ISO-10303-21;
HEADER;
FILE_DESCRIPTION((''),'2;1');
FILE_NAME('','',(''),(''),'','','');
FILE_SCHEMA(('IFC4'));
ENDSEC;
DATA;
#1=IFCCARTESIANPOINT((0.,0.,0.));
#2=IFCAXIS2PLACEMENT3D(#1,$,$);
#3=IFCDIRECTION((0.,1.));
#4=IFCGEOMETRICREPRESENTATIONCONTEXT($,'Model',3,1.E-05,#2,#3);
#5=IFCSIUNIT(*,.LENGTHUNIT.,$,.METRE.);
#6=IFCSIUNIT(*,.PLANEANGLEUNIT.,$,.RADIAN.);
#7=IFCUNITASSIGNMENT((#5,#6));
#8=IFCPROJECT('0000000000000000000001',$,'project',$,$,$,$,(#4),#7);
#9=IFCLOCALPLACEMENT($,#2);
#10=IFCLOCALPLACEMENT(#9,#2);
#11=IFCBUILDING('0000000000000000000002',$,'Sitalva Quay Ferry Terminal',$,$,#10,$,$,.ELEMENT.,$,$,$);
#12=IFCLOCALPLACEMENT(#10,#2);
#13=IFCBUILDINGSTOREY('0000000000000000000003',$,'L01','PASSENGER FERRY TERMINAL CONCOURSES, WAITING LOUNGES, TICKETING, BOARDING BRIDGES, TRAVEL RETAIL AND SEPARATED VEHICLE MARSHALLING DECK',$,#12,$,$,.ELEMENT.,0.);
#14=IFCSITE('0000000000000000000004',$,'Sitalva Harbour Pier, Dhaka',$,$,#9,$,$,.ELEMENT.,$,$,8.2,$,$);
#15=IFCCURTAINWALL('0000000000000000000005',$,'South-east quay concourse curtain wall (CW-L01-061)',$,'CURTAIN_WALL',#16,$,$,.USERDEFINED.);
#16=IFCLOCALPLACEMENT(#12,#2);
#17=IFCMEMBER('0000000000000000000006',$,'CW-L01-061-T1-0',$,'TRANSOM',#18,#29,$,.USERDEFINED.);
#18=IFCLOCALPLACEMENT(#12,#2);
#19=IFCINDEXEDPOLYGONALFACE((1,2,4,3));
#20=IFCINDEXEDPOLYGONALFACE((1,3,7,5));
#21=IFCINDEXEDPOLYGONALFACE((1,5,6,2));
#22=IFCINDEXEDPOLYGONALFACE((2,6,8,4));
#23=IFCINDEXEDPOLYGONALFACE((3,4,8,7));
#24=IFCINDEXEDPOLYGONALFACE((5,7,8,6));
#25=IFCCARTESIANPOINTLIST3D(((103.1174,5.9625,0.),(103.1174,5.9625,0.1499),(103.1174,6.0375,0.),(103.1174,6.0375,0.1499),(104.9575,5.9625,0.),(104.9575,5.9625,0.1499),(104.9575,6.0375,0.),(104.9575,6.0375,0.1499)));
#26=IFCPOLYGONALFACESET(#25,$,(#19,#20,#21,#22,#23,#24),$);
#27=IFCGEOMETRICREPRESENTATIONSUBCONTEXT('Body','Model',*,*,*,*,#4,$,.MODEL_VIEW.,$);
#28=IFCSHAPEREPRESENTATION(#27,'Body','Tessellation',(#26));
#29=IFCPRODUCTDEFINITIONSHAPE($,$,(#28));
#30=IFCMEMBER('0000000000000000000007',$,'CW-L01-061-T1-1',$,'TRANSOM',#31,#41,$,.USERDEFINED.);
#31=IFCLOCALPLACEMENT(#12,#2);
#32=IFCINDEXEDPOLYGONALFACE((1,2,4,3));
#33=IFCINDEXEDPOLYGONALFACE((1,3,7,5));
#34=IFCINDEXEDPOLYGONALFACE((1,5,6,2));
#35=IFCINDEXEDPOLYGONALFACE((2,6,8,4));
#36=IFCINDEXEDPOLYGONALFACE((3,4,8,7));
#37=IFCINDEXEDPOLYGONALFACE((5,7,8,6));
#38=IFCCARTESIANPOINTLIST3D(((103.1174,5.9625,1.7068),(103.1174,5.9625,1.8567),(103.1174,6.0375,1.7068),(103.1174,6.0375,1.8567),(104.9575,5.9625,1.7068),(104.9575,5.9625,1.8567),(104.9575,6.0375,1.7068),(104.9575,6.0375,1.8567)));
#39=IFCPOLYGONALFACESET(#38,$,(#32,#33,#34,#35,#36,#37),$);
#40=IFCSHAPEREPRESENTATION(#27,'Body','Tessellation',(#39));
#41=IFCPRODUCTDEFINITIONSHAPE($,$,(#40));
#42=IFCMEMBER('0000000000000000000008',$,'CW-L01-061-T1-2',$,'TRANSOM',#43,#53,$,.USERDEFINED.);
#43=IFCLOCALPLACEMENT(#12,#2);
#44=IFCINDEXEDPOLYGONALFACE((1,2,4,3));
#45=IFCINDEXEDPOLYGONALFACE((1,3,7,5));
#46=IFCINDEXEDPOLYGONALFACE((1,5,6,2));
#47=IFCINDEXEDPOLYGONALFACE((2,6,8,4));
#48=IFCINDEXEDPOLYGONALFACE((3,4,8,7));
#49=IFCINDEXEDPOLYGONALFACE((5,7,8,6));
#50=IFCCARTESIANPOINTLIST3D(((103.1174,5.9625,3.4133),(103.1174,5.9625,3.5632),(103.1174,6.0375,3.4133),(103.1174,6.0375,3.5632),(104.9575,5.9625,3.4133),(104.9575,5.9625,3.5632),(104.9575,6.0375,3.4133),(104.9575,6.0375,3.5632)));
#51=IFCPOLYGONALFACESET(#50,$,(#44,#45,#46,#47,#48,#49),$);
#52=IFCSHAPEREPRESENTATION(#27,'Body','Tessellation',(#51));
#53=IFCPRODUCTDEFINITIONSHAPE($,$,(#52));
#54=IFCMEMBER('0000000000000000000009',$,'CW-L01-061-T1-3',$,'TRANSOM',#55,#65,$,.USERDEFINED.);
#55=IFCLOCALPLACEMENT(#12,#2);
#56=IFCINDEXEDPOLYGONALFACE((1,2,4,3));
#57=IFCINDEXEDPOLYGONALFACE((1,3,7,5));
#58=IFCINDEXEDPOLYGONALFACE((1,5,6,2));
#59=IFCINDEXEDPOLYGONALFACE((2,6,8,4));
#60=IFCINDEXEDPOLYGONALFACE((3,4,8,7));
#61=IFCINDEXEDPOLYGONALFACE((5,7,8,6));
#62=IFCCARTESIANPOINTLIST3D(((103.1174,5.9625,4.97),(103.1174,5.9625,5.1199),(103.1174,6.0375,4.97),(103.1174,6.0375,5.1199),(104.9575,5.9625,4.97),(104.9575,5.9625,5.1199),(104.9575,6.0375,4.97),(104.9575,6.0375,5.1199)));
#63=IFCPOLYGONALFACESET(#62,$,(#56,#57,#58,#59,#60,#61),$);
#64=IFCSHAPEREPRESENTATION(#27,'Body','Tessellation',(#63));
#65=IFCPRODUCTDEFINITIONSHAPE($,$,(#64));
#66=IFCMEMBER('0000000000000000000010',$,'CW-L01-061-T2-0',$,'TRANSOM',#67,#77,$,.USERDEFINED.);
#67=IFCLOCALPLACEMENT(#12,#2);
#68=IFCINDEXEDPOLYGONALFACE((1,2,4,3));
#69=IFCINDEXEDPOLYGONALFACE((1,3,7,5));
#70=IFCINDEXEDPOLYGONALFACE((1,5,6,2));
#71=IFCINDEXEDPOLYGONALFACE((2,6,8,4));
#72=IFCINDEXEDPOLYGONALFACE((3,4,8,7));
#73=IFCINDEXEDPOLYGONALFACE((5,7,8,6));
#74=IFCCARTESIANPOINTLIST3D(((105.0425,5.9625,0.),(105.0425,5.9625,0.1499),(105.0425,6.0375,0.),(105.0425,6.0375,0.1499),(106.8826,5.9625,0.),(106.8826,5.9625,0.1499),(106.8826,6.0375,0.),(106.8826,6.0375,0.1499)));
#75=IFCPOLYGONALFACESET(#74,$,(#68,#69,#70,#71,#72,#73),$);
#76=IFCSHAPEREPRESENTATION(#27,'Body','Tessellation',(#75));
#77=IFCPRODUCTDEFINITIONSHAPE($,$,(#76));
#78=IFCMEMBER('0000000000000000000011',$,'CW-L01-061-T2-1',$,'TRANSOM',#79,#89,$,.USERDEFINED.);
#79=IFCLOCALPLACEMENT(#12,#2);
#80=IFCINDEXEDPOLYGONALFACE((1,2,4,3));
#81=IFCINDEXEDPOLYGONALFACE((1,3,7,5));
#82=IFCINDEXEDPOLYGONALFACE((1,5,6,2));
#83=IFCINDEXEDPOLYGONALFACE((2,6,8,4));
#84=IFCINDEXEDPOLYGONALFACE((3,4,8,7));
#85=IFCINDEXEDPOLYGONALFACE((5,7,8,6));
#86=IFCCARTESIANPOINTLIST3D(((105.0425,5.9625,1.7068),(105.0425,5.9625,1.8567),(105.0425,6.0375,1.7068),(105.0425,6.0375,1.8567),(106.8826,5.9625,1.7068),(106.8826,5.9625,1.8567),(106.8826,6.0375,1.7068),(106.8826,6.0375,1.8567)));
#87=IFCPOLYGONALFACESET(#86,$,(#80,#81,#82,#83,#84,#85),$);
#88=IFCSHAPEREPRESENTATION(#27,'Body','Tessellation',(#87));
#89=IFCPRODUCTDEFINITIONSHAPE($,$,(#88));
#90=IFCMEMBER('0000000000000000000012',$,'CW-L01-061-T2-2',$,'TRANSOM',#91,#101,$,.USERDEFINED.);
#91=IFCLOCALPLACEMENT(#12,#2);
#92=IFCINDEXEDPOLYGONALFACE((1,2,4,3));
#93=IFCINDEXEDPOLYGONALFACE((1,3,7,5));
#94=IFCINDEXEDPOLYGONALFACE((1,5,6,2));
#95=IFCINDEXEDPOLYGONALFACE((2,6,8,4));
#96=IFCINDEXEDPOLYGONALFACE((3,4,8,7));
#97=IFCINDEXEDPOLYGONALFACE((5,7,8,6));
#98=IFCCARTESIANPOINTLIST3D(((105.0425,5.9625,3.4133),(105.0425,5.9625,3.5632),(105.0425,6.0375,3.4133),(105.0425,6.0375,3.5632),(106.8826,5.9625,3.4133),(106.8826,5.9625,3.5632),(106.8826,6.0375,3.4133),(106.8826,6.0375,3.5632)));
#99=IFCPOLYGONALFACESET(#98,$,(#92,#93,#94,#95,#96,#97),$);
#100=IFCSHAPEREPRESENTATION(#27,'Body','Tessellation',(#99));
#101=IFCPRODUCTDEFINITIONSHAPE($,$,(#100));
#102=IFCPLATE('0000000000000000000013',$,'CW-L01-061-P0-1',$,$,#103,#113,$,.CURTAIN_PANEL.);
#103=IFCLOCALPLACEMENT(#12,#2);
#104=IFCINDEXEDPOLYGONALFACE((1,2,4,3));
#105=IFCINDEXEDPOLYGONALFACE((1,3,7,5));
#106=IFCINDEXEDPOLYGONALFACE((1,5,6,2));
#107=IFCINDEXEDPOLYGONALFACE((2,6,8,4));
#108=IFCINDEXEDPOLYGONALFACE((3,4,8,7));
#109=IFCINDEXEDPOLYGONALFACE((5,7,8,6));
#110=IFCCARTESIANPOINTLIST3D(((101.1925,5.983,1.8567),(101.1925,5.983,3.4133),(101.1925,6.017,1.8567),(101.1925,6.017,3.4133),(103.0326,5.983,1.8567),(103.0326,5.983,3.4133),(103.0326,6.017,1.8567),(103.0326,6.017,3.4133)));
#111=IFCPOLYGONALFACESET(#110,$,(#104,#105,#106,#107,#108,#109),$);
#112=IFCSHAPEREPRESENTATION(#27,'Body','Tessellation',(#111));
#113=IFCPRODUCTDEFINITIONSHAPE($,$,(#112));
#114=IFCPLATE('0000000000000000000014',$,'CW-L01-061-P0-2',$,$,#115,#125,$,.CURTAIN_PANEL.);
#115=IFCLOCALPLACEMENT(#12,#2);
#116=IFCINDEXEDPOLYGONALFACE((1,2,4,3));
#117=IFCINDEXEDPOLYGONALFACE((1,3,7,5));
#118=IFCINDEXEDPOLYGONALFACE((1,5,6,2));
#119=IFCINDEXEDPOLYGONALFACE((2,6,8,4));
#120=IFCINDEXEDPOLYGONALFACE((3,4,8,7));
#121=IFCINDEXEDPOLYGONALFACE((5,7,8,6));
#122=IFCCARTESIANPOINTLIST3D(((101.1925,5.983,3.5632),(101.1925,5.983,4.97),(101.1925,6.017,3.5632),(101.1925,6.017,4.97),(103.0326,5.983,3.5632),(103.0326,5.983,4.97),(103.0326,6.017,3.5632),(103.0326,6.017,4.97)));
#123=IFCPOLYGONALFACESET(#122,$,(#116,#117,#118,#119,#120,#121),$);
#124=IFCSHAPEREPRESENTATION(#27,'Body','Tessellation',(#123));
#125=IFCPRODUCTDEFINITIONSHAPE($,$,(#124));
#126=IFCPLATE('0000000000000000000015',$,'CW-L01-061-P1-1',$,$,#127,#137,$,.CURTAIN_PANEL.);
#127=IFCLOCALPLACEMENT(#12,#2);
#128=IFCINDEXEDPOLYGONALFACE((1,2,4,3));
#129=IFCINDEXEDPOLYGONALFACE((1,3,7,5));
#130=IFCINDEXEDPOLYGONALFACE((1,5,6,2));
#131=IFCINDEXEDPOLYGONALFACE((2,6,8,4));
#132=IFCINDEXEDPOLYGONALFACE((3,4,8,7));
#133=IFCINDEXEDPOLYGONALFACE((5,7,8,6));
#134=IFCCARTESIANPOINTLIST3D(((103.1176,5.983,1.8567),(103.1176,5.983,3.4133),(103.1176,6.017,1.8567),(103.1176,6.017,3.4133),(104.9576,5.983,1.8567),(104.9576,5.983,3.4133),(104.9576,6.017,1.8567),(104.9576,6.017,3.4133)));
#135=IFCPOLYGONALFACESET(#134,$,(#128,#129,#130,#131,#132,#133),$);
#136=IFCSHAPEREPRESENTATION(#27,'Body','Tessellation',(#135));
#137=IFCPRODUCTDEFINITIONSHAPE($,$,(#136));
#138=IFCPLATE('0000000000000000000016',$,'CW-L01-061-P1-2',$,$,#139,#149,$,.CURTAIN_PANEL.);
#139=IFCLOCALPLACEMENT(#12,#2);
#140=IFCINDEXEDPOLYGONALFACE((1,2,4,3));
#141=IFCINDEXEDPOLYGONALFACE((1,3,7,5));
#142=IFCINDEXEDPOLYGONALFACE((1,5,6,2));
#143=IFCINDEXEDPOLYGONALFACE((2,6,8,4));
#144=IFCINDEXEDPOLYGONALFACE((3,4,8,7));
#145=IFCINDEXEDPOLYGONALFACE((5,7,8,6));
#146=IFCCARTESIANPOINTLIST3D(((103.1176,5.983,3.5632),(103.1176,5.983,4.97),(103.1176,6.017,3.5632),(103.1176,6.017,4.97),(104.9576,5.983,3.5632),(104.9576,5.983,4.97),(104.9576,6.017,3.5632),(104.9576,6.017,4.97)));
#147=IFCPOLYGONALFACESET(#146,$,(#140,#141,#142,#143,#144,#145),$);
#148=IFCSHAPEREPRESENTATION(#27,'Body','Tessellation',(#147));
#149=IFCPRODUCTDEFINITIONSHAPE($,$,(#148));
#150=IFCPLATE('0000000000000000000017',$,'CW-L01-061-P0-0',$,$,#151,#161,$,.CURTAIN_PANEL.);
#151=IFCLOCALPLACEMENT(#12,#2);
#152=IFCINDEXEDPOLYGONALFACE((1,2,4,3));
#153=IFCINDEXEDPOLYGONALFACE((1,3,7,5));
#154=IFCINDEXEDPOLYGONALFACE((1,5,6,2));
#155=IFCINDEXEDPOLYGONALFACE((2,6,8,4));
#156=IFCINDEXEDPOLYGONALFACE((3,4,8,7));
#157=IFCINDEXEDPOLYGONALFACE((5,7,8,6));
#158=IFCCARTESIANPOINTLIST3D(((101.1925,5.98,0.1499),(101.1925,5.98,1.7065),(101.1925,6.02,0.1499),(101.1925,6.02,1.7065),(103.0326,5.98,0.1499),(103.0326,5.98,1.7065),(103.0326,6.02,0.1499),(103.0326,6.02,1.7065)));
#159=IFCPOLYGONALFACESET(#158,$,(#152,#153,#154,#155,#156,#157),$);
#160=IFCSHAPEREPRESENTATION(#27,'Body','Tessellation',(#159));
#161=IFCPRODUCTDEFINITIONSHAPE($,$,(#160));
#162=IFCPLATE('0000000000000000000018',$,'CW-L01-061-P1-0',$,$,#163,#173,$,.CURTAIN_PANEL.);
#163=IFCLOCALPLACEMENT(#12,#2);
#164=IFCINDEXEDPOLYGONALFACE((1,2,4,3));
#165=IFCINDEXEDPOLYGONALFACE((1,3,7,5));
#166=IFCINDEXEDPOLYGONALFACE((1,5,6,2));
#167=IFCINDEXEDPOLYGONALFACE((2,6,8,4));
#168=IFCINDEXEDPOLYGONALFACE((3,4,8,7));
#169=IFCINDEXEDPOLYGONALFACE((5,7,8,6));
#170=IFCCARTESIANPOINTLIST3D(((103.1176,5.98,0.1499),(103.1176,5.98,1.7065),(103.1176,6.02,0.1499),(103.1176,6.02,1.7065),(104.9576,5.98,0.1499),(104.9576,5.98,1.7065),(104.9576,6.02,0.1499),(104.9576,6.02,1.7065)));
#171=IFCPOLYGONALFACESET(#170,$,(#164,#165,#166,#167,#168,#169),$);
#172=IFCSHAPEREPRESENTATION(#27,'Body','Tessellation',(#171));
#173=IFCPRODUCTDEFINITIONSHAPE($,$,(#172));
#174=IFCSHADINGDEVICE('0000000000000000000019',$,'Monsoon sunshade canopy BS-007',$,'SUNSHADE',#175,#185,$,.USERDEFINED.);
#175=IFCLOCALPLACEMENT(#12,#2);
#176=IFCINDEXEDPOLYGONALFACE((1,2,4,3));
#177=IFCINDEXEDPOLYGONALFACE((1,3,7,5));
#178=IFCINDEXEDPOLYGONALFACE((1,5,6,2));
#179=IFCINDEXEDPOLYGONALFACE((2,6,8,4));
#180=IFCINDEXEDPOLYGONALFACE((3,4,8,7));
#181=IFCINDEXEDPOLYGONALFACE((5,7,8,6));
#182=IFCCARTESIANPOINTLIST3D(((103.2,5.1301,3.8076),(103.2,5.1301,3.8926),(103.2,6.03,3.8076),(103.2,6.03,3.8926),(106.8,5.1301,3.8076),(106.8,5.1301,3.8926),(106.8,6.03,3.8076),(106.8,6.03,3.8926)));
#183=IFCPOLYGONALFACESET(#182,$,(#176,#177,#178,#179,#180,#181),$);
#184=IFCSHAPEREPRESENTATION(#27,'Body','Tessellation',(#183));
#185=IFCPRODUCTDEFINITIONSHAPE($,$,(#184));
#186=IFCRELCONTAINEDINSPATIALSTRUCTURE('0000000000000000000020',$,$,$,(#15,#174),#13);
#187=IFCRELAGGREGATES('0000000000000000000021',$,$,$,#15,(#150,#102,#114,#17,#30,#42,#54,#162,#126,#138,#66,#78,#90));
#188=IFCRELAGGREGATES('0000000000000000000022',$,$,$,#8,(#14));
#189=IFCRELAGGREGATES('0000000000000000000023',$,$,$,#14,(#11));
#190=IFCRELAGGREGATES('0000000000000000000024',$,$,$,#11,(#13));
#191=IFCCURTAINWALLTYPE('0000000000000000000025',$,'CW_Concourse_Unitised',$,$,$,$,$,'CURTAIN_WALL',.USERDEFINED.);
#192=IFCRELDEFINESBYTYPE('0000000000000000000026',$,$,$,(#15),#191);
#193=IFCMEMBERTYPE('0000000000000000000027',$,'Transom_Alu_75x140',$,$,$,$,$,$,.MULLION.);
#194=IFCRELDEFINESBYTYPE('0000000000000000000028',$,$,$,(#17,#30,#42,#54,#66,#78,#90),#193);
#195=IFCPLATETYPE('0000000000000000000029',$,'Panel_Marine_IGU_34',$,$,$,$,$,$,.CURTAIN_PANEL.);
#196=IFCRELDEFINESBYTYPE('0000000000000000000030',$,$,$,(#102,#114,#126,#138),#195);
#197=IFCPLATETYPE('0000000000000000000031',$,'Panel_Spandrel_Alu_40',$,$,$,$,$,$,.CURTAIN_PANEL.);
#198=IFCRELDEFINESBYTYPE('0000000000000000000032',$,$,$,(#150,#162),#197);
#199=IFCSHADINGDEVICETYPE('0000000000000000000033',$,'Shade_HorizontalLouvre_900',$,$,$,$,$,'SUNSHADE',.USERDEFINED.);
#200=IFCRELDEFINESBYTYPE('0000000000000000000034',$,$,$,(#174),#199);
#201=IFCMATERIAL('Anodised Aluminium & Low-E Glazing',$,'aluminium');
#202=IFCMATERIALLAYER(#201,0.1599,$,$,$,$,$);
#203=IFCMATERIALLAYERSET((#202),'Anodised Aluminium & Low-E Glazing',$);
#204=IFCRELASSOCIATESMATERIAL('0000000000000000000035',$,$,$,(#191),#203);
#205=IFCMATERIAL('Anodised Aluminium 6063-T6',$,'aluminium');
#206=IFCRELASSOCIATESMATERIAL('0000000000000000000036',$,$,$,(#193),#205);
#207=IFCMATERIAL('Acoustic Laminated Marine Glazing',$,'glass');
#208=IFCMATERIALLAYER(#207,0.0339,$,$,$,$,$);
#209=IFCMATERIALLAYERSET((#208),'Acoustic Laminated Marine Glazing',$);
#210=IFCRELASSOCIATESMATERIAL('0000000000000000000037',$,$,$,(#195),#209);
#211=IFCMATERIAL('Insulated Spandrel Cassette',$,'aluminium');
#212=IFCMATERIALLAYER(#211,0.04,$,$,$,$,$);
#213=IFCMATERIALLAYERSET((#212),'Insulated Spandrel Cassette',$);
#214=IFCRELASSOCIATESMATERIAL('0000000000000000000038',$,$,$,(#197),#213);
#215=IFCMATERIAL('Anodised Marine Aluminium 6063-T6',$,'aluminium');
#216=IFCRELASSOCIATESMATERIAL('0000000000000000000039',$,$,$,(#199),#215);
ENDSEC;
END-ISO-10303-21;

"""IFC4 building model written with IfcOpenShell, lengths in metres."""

from ifc_helpers import new_model, si_unit, direction, frame, origin, origin_2d, place, context, subcontext, project, spatial, rectangle, extrude, material, layer, layer_set, material_profile, profile_set, type_object, element, aggregate, save


model = new_model("IFC4")

# Units and contexts
model_context = context("Model", 3, precision=1e-05, world=origin(), true_north=direction((0.0, 1.0)))
body_context = subcontext(model_context, "Body", "Model", "MODEL_VIEW")
ifc_project = project(units=[si_unit("LENGTHUNIT", "METRE"), si_unit("PLANEANGLEUNIT", "RADIAN")], contexts=[model_context])

# Site, building, storey
site_placement = place(None, origin())
site = spatial("IfcSite", under=ifc_project, at=site_placement, Name="Sitalva Harbour Pier, Dhaka", CompositionType="ELEMENT", RefElevation=8.2)
building_placement = place(site_placement, origin())
building = spatial("IfcBuilding", under=site, at=building_placement, Name="Sitalva Quay Ferry Terminal", CompositionType="ELEMENT")
storey_placement = place(building_placement, origin())
storey = spatial("IfcBuildingStorey", under=building, at=storey_placement, Name="L01", Description="PASSENGER FERRY TERMINAL CONCOURSES, WAITING LOUNGES, TICKETING, BOARDING BRIDGES, TRAVEL RETAIL AND SEPARATED VEHICLE MARSHALLING DECK", CompositionType="ELEMENT", Elevation=0.0)

# Curtain wall, members, plates
ifc_material_1 = material(Name="Anodised Aluminium & Low-E Glazing", Category="aluminium")
ifc_layer_1 = layer(ifc_material_1, 0.1599)
ifc_layer_set_1 = layer_set([ifc_layer_1], Name="Anodised Aluminium & Low-E Glazing")
curtain_wall_type = type_object("IfcCurtainWallType", Name="CW_Concourse_Unitised", ElementType="CURTAIN_WALL", PredefinedType="USERDEFINED", material=ifc_layer_set_1)
curtain_wall_placement = place(storey_placement, origin())
curtain_wall = element("IfcCurtainWall", 1, at=curtain_wall_placement, inside=storey, type_object=curtain_wall_type, Name="South-east quay concourse curtain wall (CW-L01-061)", ObjectType="CURTAIN_WALL", PredefinedType="USERDEFINED")
ifc_material_2 = material(Name="Anodised Aluminium 6063-T6", Category="aluminium")
ifc_material_profile_1 = material_profile(ifc_material_2, rectangle(XDim=0.075, YDim=0.1499, at=origin_2d()), Name="ALU75x150")
ifc_profile_set_1 = profile_set([ifc_material_profile_1], Name="Anodised Aluminium 6063-T6")
member_type_1 = type_object("IfcMemberType", Name="Transom_Alu_75x140", PredefinedType="MULLION", material=ifc_profile_set_1)
member_1_placement = place(storey_placement, frame((103.1174, 6.0, 0.075), z_axis=(1.0, 0.0, 0.0), x_axis=(0.0, 1.0, 0.0)))
member_1 = element("IfcMember", 2, at=member_1_placement, type_object=member_type_1, Name="CW-L01-061-T1-0", ObjectType="TRANSOM", PredefinedType="USERDEFINED", context=body_context, shape_type="SweptSolid", body=[
    extrude(rectangle(XDim=0.075, YDim=0.1499, at=origin_2d()), origin(), (0.0, 0.0, 1.0), 1.8401),
])
member_2_placement = place(storey_placement, frame((103.1174, 6.0, 1.7817), z_axis=(1.0, 0.0, 0.0), x_axis=(0.0, 1.0, 0.0)))
member_2 = element("IfcMember", 3, at=member_2_placement, type_object=member_type_1, Name="CW-L01-061-T1-1", ObjectType="TRANSOM", PredefinedType="USERDEFINED", context=body_context, shape_type="SweptSolid", body=[
    extrude(rectangle(XDim=0.075, YDim=0.1499, at=origin_2d()), origin(), (0.0, 0.0, 1.0), 1.8401),
])
member_3_placement = place(storey_placement, frame((103.1174, 6.0, 3.4883), z_axis=(1.0, 0.0, 0.0), x_axis=(0.0, 1.0, 0.0)))
member_3 = element("IfcMember", 4, at=member_3_placement, type_object=member_type_1, Name="CW-L01-061-T1-2", ObjectType="TRANSOM", PredefinedType="USERDEFINED", context=body_context, shape_type="SweptSolid", body=[
    extrude(rectangle(XDim=0.075, YDim=0.1499, at=origin_2d()), origin(), (0.0, 0.0, 1.0), 1.8401),
])
member_4_placement = place(storey_placement, frame((103.1174, 6.0, 5.0449), z_axis=(1.0, 0.0, 0.0), x_axis=(0.0, 1.0, 0.0)))
member_4 = element("IfcMember", 5, at=member_4_placement, type_object=member_type_1, Name="CW-L01-061-T1-3", ObjectType="TRANSOM", PredefinedType="USERDEFINED", context=body_context, shape_type="SweptSolid", body=[
    extrude(rectangle(XDim=0.075, YDim=0.1499, at=origin_2d()), origin(), (0.0, 0.0, 1.0), 1.8401),
])
member_5_placement = place(storey_placement, frame((105.0425, 6.0, 0.075), z_axis=(1.0, 0.0, 0.0), x_axis=(0.0, 1.0, 0.0)))
member_5 = element("IfcMember", 6, at=member_5_placement, type_object=member_type_1, Name="CW-L01-061-T2-0", ObjectType="TRANSOM", PredefinedType="USERDEFINED", context=body_context, shape_type="SweptSolid", body=[
    extrude(rectangle(XDim=0.075, YDim=0.1499, at=origin_2d()), origin(), (0.0, 0.0, 1.0), 1.8401),
])
member_6_placement = place(storey_placement, frame((105.0425, 6.0, 1.7817), z_axis=(1.0, 0.0, 0.0), x_axis=(0.0, 1.0, 0.0)))
member_6 = element("IfcMember", 7, at=member_6_placement, type_object=member_type_1, Name="CW-L01-061-T2-1", ObjectType="TRANSOM", PredefinedType="USERDEFINED", context=body_context, shape_type="SweptSolid", body=[
    extrude(rectangle(XDim=0.075, YDim=0.1499, at=origin_2d()), origin(), (0.0, 0.0, 1.0), 1.8401),
])
member_7_placement = place(storey_placement, frame((105.0425, 6.0, 3.4883), z_axis=(1.0, 0.0, 0.0), x_axis=(0.0, 1.0, 0.0)))
member_7 = element("IfcMember", 8, at=member_7_placement, type_object=member_type_1, Name="CW-L01-061-T2-2", ObjectType="TRANSOM", PredefinedType="USERDEFINED", context=body_context, shape_type="SweptSolid", body=[
    extrude(rectangle(XDim=0.075, YDim=0.1499, at=origin_2d()), origin(), (0.0, 0.0, 1.0), 1.8401),
])
ifc_material_3 = material(Name="Acoustic Laminated Marine Glazing", Category="glass")
ifc_layer_2 = layer(ifc_material_3, 0.0339)
ifc_layer_set_2 = layer_set([ifc_layer_2], Name="Acoustic Laminated Marine Glazing")
plate_type_1 = type_object("IfcPlateType", Name="Panel_Marine_IGU_34", PredefinedType="CURTAIN_PANEL", material=ifc_layer_set_2)
plate_1_placement = place(storey_placement, frame((102.1125, 6.0, 1.8567), z_axis=(0.0, 0.0, 1.0), x_axis=(1.0, 0.0, 0.0)))
plate_1 = element("IfcPlate", 9, at=plate_1_placement, type_object=plate_type_1, Name="CW-L01-061-P0-1", PredefinedType="CURTAIN_PANEL", context=body_context, shape_type="SweptSolid", body=[
    extrude(rectangle(XDim=1.8401, YDim=0.0339, at=origin_2d()), origin(), (0.0, 0.0, 1.0), 1.5566),
])
plate_2_placement = place(storey_placement, frame((102.1125, 6.0, 3.5632), z_axis=(0.0, 0.0, 1.0), x_axis=(1.0, 0.0, 0.0)))
plate_2 = element("IfcPlate", 10, at=plate_2_placement, type_object=plate_type_1, Name="CW-L01-061-P0-2", PredefinedType="CURTAIN_PANEL", context=body_context, shape_type="SweptSolid", body=[
    extrude(rectangle(XDim=1.8401, YDim=0.0339, at=origin_2d()), origin(), (0.0, 0.0, 1.0), 1.4067),
])
plate_3_placement = place(storey_placement, frame((104.0376, 6.0, 1.8567), z_axis=(0.0, 0.0, 1.0), x_axis=(1.0, 0.0, 0.0)))
plate_3 = element("IfcPlate", 11, at=plate_3_placement, type_object=plate_type_1, Name="CW-L01-061-P1-1", PredefinedType="CURTAIN_PANEL", context=body_context, shape_type="SweptSolid", body=[
    extrude(rectangle(XDim=1.8401, YDim=0.0339, at=origin_2d()), origin(), (0.0, 0.0, 1.0), 1.5566),
])
plate_4_placement = place(storey_placement, frame((104.0376, 6.0, 3.5632), z_axis=(0.0, 0.0, 1.0), x_axis=(1.0, 0.0, 0.0)))
plate_4 = element("IfcPlate", 12, at=plate_4_placement, type_object=plate_type_1, Name="CW-L01-061-P1-2", PredefinedType="CURTAIN_PANEL", context=body_context, shape_type="SweptSolid", body=[
    extrude(rectangle(XDim=1.8401, YDim=0.0339, at=origin_2d()), origin(), (0.0, 0.0, 1.0), 1.4067),
])
ifc_material_4 = material(Name="Insulated Spandrel Cassette", Category="aluminium")
ifc_layer_3 = layer(ifc_material_4, 0.04)
ifc_layer_set_3 = layer_set([ifc_layer_3], Name="Insulated Spandrel Cassette")
plate_type_2 = type_object("IfcPlateType", Name="Panel_Spandrel_Alu_40", PredefinedType="CURTAIN_PANEL", material=ifc_layer_set_3)
plate_5_placement = place(storey_placement, frame((102.1125, 6.0, 0.1499), z_axis=(0.0, 0.0, 1.0), x_axis=(1.0, 0.0, 0.0)))
plate_5 = element("IfcPlate", 13, at=plate_5_placement, type_object=plate_type_2, Name="CW-L01-061-P0-0", PredefinedType="CURTAIN_PANEL", context=body_context, shape_type="SweptSolid", body=[
    extrude(rectangle(XDim=1.8401, YDim=0.04, at=origin_2d()), origin(), (0.0, 0.0, 1.0), 1.5566),
])
plate_6_placement = place(storey_placement, frame((104.0376, 6.0, 0.1499), z_axis=(0.0, 0.0, 1.0), x_axis=(1.0, 0.0, 0.0)))
plate_6 = element("IfcPlate", 14, at=plate_6_placement, type_object=plate_type_2, Name="CW-L01-061-P1-0", PredefinedType="CURTAIN_PANEL", context=body_context, shape_type="SweptSolid", body=[
    extrude(rectangle(XDim=1.8401, YDim=0.04, at=origin_2d()), origin(), (0.0, 0.0, 1.0), 1.5566),
])
aggregate(curtain_wall, [plate_5, plate_1, plate_2, member_1, member_2, member_3, member_4, plate_6, plate_3, plate_4, member_5, member_6, member_7])

# Shading device
ifc_material_5 = material(Name="Anodised Marine Aluminium 6063-T6", Category="aluminium")
shading_device_type = type_object("IfcShadingDeviceType", Name="Shade_HorizontalLouvre_900", ElementType="SUNSHADE", PredefinedType="USERDEFINED", material=ifc_material_5)
shading_device_placement = place(storey_placement, frame((105.0, 5.5801, 3.8076), z_axis=(0.0, 0.0, 1.0), x_axis=(1.0, 0.0, 0.0)))
element("IfcShadingDevice", 15, at=shading_device_placement, inside=storey, type_object=shading_device_type, Name="Monsoon sunshade canopy BS-007", ObjectType="SUNSHADE", PredefinedType="USERDEFINED", context=body_context, shape_type="SweptSolid", body=[
    extrude(rectangle(XDim=3.6001, YDim=0.8999, at=origin_2d()), origin(), (0.0, 0.0, 1.0), 0.085),
])

save(model, "model.ifc")
